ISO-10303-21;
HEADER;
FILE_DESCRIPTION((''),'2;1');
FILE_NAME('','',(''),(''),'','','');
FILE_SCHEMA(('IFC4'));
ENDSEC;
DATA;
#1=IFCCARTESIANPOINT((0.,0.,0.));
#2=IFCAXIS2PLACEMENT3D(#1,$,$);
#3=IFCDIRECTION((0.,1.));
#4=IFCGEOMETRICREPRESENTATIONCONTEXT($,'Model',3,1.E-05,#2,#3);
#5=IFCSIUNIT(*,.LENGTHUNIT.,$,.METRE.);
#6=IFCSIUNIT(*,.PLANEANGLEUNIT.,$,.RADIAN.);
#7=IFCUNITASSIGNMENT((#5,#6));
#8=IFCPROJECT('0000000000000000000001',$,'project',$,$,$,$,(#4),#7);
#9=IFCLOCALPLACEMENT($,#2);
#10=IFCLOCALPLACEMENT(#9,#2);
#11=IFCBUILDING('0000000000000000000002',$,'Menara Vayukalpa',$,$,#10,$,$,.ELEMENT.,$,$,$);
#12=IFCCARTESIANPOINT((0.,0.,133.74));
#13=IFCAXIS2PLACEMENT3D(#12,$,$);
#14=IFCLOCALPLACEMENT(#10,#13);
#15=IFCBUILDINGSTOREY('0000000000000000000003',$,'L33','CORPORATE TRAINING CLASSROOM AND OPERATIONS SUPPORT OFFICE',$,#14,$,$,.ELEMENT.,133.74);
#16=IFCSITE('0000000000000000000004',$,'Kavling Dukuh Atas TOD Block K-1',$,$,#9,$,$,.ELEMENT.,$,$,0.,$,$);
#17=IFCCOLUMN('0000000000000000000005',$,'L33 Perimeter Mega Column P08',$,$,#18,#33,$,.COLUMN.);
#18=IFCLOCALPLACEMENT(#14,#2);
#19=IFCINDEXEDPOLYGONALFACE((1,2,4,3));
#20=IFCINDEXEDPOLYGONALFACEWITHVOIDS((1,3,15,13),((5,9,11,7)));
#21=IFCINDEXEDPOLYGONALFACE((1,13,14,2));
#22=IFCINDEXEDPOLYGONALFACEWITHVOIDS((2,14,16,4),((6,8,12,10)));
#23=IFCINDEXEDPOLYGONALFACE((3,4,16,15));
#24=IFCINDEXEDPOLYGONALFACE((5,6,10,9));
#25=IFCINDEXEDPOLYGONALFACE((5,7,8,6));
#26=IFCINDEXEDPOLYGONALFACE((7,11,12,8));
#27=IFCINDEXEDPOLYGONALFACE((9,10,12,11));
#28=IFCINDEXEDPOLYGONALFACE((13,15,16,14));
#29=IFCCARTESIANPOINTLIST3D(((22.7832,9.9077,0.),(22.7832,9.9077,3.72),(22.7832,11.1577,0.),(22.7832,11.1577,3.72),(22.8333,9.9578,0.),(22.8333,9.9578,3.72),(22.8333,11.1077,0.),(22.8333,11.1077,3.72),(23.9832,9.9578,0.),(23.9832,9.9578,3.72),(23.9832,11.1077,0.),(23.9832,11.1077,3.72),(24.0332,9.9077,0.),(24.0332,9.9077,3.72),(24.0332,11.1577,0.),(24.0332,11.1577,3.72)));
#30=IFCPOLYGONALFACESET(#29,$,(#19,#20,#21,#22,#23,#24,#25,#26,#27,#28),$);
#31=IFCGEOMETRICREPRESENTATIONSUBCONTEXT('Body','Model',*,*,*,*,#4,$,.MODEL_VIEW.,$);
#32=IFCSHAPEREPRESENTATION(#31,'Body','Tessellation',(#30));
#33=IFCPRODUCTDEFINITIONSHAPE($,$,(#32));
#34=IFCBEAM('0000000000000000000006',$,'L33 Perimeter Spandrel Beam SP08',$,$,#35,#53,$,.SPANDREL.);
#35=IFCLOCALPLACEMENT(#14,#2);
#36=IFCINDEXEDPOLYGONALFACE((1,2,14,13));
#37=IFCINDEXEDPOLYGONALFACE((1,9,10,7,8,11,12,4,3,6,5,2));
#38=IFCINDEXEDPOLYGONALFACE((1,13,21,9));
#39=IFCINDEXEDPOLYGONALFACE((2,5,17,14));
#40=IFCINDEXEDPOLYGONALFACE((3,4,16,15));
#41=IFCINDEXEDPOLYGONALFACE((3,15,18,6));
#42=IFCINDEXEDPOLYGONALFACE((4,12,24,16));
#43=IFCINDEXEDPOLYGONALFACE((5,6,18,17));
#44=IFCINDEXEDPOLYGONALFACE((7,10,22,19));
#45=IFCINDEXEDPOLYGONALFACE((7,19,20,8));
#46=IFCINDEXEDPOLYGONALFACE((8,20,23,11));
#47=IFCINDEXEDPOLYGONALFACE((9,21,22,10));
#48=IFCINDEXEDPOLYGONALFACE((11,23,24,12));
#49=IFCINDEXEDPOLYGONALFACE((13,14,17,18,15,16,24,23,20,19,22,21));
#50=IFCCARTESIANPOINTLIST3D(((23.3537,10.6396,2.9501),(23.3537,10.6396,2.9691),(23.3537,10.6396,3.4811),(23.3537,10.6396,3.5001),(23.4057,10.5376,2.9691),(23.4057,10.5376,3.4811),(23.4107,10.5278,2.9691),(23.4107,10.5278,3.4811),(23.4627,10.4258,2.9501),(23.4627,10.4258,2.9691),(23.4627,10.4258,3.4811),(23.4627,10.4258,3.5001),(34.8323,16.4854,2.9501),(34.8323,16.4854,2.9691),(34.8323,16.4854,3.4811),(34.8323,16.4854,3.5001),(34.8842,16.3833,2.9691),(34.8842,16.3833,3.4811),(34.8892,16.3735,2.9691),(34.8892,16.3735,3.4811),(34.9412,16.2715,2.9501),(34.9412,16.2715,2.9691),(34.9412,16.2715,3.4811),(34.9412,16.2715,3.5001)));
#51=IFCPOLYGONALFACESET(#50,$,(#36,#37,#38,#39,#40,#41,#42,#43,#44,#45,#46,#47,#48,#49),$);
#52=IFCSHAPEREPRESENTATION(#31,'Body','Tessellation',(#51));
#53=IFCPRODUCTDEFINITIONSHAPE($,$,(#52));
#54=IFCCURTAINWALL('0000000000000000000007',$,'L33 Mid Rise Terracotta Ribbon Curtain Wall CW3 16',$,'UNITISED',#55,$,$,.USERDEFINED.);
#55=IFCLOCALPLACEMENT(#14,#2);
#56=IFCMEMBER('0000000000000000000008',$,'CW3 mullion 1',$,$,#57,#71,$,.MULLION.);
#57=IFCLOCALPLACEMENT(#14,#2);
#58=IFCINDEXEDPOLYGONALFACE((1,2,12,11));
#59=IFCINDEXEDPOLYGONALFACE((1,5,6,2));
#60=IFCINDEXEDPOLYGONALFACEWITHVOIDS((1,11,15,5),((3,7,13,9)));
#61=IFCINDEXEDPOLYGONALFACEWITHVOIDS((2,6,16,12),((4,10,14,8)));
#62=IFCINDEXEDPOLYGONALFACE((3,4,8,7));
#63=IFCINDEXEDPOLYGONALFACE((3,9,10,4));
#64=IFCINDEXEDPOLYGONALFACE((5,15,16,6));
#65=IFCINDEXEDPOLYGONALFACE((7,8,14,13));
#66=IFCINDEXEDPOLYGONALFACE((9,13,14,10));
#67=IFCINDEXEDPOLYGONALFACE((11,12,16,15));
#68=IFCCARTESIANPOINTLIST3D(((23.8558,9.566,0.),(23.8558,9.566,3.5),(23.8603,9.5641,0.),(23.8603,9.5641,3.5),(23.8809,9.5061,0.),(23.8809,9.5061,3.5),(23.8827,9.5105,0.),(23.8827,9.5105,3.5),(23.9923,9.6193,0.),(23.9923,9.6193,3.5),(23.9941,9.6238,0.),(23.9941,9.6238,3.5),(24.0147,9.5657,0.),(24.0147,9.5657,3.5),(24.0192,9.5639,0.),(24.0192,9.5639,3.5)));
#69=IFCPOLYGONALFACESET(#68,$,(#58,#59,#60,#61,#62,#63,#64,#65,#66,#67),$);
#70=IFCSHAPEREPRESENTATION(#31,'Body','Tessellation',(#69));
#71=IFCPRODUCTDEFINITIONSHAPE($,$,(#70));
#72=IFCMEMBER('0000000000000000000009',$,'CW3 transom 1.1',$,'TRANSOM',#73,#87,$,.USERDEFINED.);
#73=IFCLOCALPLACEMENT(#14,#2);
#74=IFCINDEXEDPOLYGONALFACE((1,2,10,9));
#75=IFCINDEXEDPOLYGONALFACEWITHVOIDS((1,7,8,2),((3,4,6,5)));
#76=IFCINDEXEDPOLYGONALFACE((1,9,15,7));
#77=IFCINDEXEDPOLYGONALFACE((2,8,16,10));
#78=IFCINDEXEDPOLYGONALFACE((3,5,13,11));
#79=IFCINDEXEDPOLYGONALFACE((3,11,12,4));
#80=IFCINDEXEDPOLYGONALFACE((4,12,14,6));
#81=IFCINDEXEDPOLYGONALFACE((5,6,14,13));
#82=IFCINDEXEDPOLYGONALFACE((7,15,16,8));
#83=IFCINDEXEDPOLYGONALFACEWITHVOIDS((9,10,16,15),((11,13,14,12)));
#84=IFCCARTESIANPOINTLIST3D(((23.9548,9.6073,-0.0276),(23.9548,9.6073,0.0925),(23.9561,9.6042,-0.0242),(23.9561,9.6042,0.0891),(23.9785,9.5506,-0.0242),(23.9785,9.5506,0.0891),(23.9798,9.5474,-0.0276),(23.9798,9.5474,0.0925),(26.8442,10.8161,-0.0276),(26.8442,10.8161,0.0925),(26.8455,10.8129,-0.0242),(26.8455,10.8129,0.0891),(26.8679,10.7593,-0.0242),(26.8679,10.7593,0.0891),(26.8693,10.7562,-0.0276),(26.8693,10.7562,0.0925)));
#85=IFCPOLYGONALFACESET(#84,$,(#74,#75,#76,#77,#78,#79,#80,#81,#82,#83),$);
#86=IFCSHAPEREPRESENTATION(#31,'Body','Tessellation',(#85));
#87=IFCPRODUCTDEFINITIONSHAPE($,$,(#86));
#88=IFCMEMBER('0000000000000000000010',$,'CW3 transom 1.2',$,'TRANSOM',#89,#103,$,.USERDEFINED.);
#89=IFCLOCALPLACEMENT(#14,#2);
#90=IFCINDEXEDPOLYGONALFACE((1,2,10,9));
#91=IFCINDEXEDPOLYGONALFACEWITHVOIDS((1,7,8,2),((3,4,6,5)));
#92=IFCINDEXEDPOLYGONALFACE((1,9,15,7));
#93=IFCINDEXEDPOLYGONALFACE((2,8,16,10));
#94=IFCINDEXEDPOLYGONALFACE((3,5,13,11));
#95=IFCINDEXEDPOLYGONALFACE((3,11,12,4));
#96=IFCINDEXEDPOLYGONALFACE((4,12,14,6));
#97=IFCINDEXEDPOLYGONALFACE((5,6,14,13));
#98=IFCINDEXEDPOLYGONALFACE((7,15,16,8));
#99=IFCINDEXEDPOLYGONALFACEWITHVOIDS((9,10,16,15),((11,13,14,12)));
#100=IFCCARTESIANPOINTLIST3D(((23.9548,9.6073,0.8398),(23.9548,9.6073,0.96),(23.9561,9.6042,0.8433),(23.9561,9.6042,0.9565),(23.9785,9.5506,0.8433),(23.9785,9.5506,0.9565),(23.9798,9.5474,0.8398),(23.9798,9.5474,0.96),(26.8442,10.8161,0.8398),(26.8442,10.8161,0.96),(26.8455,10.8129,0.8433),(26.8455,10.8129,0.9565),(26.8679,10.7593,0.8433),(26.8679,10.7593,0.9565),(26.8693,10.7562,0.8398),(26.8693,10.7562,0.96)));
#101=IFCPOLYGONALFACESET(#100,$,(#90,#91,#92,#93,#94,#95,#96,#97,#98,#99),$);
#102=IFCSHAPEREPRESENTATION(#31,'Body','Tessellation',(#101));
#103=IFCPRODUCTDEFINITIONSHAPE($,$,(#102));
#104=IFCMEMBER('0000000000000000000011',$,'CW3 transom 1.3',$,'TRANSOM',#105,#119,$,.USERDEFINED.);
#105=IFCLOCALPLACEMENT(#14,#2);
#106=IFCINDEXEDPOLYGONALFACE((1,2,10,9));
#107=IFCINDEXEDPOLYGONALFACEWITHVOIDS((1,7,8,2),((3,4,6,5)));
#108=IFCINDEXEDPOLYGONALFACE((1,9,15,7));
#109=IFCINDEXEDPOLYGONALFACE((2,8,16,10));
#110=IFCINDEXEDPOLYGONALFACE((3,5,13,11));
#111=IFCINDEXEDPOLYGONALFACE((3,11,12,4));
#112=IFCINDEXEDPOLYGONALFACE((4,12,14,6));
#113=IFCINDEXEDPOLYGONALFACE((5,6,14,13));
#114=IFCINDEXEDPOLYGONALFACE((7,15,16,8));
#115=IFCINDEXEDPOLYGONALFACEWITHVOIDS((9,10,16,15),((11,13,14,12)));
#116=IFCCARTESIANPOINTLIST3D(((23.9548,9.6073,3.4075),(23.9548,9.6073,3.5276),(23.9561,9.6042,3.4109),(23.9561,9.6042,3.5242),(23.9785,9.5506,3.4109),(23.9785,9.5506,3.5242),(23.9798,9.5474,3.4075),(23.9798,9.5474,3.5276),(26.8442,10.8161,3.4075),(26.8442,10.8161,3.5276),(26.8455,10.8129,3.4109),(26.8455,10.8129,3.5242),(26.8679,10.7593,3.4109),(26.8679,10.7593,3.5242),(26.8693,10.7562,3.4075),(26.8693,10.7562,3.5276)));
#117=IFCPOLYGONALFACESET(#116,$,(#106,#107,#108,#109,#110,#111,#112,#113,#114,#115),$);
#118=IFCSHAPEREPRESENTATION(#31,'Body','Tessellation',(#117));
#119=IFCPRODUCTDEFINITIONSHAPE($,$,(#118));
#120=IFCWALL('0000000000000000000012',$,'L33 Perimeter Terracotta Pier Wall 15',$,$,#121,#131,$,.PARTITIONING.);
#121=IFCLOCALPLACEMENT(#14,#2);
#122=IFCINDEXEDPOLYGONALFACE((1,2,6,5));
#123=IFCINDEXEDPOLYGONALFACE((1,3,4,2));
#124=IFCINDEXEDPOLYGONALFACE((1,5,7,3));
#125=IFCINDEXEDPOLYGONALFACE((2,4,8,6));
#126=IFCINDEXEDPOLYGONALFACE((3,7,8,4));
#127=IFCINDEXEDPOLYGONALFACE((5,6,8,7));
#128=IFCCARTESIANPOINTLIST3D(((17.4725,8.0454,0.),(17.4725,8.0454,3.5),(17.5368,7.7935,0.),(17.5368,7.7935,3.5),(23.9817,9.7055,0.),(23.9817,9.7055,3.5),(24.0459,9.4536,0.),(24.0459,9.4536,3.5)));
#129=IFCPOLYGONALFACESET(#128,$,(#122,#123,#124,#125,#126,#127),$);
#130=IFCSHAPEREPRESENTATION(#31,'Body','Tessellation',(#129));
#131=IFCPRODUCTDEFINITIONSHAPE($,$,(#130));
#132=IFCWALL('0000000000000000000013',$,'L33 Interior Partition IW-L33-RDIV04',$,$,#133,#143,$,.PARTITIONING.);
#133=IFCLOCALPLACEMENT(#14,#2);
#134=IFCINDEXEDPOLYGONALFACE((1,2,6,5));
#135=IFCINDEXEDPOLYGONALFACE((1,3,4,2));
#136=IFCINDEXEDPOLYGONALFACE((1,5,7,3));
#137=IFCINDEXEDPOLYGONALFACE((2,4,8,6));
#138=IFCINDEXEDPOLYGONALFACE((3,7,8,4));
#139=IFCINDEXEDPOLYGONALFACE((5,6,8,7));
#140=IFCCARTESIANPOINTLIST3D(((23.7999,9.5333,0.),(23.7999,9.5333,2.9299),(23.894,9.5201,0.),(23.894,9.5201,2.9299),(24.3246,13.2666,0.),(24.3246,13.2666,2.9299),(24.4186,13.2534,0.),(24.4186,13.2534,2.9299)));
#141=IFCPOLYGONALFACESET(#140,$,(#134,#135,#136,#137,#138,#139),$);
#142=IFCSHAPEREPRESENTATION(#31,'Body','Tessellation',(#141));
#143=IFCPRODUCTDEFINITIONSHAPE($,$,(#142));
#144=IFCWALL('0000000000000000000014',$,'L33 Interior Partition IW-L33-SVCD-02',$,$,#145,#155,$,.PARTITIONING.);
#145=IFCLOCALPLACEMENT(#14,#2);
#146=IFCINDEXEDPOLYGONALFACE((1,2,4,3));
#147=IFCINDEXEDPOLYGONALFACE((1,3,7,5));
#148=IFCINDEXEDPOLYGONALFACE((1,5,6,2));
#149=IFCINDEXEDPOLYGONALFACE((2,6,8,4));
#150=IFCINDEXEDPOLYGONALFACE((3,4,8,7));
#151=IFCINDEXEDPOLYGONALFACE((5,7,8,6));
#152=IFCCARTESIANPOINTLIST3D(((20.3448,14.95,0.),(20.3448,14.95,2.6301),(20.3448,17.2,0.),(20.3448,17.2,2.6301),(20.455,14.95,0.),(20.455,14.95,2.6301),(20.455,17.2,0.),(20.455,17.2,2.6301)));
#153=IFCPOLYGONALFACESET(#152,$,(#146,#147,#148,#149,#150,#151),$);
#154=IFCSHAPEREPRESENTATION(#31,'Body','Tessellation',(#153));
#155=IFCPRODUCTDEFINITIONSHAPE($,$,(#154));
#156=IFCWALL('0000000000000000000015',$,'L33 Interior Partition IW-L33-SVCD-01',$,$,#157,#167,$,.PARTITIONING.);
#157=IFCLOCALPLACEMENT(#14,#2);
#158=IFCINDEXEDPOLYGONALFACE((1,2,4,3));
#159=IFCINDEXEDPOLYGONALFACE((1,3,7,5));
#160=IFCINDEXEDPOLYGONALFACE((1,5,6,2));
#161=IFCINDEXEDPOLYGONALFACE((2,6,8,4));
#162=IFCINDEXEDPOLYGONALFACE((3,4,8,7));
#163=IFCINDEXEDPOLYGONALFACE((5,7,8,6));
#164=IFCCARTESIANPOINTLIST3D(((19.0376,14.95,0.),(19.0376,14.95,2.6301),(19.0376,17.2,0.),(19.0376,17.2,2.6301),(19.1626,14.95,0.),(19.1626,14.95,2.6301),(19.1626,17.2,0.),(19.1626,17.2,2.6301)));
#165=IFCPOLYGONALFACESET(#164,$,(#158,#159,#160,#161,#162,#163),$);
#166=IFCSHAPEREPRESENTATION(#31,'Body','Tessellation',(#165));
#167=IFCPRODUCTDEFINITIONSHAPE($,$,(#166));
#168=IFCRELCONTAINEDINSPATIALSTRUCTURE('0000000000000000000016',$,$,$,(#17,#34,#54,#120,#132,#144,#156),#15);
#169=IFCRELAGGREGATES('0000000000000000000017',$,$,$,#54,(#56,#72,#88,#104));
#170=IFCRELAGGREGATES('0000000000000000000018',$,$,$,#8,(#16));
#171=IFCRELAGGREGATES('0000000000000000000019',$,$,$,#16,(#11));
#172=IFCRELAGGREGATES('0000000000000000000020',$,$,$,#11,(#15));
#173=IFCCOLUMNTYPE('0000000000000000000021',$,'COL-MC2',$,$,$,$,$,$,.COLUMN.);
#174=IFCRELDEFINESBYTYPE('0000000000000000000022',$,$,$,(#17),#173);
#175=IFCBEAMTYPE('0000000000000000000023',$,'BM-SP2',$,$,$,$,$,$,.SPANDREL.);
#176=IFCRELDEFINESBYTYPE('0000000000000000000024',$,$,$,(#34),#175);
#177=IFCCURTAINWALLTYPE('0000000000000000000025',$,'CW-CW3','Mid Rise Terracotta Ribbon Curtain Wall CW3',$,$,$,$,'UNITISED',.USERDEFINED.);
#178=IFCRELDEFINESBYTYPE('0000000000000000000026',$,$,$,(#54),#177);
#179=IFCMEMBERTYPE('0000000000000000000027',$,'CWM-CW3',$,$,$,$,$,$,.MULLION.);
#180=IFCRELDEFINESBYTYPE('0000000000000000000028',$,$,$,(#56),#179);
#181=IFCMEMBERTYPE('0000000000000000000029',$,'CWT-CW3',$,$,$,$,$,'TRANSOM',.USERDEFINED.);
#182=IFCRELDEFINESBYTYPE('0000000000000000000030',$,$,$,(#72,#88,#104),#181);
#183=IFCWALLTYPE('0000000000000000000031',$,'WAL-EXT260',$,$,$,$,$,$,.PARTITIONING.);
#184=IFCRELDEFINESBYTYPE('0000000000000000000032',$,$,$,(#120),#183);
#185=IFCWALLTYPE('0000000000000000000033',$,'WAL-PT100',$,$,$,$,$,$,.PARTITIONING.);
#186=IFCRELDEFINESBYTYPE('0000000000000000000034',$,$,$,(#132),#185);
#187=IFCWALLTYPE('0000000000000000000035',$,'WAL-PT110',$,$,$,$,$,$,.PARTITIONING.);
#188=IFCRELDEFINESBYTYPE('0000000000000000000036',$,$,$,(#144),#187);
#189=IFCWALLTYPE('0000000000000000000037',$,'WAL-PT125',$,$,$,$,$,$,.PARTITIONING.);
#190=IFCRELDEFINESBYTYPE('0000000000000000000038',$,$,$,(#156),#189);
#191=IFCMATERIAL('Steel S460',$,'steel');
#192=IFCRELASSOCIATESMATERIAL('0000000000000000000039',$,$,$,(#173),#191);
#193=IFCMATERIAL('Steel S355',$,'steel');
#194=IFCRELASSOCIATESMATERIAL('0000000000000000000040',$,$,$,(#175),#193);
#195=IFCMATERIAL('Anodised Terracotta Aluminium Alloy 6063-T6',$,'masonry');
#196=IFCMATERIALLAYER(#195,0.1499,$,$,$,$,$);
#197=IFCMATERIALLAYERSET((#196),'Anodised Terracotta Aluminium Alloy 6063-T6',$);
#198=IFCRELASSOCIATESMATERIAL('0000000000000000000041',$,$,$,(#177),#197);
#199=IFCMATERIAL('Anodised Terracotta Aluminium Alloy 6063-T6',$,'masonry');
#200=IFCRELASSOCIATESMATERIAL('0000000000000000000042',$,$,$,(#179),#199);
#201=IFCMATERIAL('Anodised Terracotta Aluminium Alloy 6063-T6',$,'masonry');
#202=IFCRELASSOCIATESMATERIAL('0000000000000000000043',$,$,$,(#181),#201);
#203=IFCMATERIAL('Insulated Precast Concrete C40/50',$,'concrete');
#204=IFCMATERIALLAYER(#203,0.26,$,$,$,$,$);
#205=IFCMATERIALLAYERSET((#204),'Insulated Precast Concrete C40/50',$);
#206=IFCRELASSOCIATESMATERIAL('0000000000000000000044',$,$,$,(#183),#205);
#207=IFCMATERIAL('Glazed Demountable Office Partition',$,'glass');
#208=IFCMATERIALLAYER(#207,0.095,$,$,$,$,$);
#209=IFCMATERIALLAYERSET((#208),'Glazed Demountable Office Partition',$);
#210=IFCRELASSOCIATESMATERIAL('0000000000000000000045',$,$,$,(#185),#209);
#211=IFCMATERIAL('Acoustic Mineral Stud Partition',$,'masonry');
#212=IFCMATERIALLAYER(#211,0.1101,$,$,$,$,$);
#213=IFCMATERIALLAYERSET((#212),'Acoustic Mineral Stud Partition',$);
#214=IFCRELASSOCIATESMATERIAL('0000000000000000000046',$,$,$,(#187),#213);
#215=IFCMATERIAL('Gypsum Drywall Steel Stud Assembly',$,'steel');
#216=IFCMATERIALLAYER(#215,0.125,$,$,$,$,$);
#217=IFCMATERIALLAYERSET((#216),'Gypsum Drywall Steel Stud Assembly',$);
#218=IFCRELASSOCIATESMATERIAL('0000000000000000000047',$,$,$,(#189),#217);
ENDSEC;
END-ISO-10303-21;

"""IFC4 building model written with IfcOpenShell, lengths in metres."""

from ifc_helpers import new_model, si_unit, direction, frame, frame_2d, origin, origin_2d, place, context, subcontext, project, spatial, rectangle, hollow_rectangle, i_section, extrude, material, layer, layer_set, material_profile, profile_set, type_object, element, aggregate, save


model = new_model("IFC4")

# Units and contexts
model_context = context("Model", 3, precision=1e-05, world=origin(), true_north=direction((0.0, 1.0)))
body_context = subcontext(model_context, "Body", "Model", "MODEL_VIEW")
ifc_project = project(units=[si_unit("LENGTHUNIT", "METRE"), si_unit("PLANEANGLEUNIT", "RADIAN")], contexts=[model_context])

# Site, building, storey
site_placement = place(None, origin())
site = spatial("IfcSite", under=ifc_project, at=site_placement, Name="Kavling Dukuh Atas TOD Block K-1", CompositionType="ELEMENT", RefElevation=0.0)
building_placement = place(site_placement, origin())
building = spatial("IfcBuilding", under=site, at=building_placement, Name="Menara Vayukalpa", CompositionType="ELEMENT")
storey_placement = place(building_placement, frame((0.0, 0.0, 133.74)))
storey = spatial("IfcBuildingStorey", under=building, at=storey_placement, Name="L33", Description="CORPORATE TRAINING CLASSROOM AND OPERATIONS SUPPORT OFFICE", CompositionType="ELEMENT", Elevation=133.74)

# Column
ifc_material_1 = material(Name="Steel S460", Category="steel")
ifc_material_profile_1 = material_profile(ifc_material_1, hollow_rectangle(XDim=1.25, YDim=1.25, WallThickness=0.05, at=origin_2d()), Name="BOX 1250x1250x50")
ifc_profile_set_1 = profile_set([ifc_material_profile_1], Name="Steel S460")
column_type = type_object("IfcColumnType", Name="COL-MC2", PredefinedType="COLUMN", material=ifc_profile_set_1)
column_placement = place(storey_placement, frame((23.4082, 10.5327, 0.0), z_axis=(0.0, 0.0, 1.0), x_axis=(1.0, 0.0, 0.0)))
element("IfcColumn", 1, at=column_placement, inside=storey, type_object=column_type, Name="L33 Perimeter Mega Column P08", PredefinedType="COLUMN", context=body_context, shape_type="SweptSolid", body=[
    extrude(hollow_rectangle(XDim=1.25, YDim=1.25, WallThickness=0.05, at=origin_2d()), origin(), (0.0, 0.0, 1.0), 3.72),
])

# Beam
ifc_material_2 = material(Name="Steel S355", Category="steel")
ifc_material_profile_2 = material_profile(ifc_material_2, i_section(OverallWidth=0.24, OverallDepth=0.55, WebThickness=0.011, FlangeThickness=0.019, at=origin_2d()), Name="WF 550x240x11x19")
ifc_profile_set_2 = profile_set([ifc_material_profile_2], Name="Steel S355")
beam_type = type_object("IfcBeamType", Name="BM-SP2", PredefinedType="SPANDREL", material=ifc_profile_set_2)
beam_placement = place(storey_placement, frame((23.4082, 10.5327, 3.2251), z_axis=(0.891097, 0.453812, 0.0), x_axis=(-0.453812, 0.891097, 0.0)))
element("IfcBeam", 2, at=beam_placement, inside=storey, type_object=beam_type, Name="L33 Perimeter Spandrel Beam SP08", PredefinedType="SPANDREL", context=body_context, shape_type="SweptSolid", body=[
    extrude(i_section(OverallWidth=0.24, OverallDepth=0.55, WebThickness=0.011, FlangeThickness=0.019, at=origin_2d()), origin(), (0.0, 0.0, 1.0), 12.8813),
])

# Curtain wall, members
ifc_material_3 = material(Name="Anodised Terracotta Aluminium Alloy 6063-T6", Category="masonry")
ifc_layer_1 = layer(ifc_material_3, 0.1499)
ifc_layer_set_1 = layer_set([ifc_layer_1], Name="Anodised Terracotta Aluminium Alloy 6063-T6")
curtain_wall_type = type_object("IfcCurtainWallType", Name="CW-CW3", Description="Mid Rise Terracotta Ribbon Curtain Wall CW3", ElementType="UNITISED", PredefinedType="USERDEFINED", material=ifc_layer_set_1)
curtain_wall_placement = place(storey_placement, origin())
curtain_wall = element("IfcCurtainWall", 3, at=curtain_wall_placement, inside=storey, type_object=curtain_wall_type, Name="L33 Mid Rise Terracotta Ribbon Curtain Wall CW3 16", ObjectType="UNITISED", PredefinedType="USERDEFINED")
ifc_material_4 = material(Name="Anodised Terracotta Aluminium Alloy 6063-T6", Category="masonry")
ifc_material_profile_3 = material_profile(ifc_material_4, hollow_rectangle(XDim=0.0649, YDim=0.1499, WallThickness=0.0034, at=origin_2d()), Name="ALU 65x150x3.5")
ifc_profile_set_3 = profile_set([ifc_material_profile_3], Name="Anodised Terracotta Aluminium Alloy 6063-T6")
member_type_1 = type_object("IfcMemberType", Name="CWM-CW3", PredefinedType="MULLION", material=ifc_profile_set_3)
member_1_placement = place(storey_placement, frame((23.9375, 9.5649, 0.0), z_axis=(0.0, 0.0, 1.0), x_axis=(-0.385894, 0.922543, 0.0)))
member_1 = element("IfcMember", 4, at=member_1_placement, type_object=member_type_1, Name="CW3 mullion 1", PredefinedType="MULLION", context=body_context, shape_type="SweptSolid", body=[
    extrude(hollow_rectangle(XDim=0.0649, YDim=0.1499, WallThickness=0.0034, at=origin_2d()), origin(), (0.0, 0.0, 1.0), 3.5),
])
ifc_material_5 = material(Name="Anodised Terracotta Aluminium Alloy 6063-T6", Category="masonry")
ifc_material_profile_4 = material_profile(ifc_material_5, hollow_rectangle(XDim=0.0649, YDim=0.1201, WallThickness=0.0034, at=origin_2d()), Name="ALU 65x120x3.5")
ifc_profile_set_4 = profile_set([ifc_material_profile_4], Name="Anodised Terracotta Aluminium Alloy 6063-T6")
member_type_2 = type_object("IfcMemberType", Name="CWT-CW3", ElementType="TRANSOM", PredefinedType="USERDEFINED", material=ifc_profile_set_4)
member_2_placement = place(storey_placement, frame((23.9673, 9.5774, 0.0325), z_axis=(0.922529, 0.385927, 0.0), x_axis=(-0.385927, 0.922529, 0.0)))
member_2 = element("IfcMember", 5, at=member_2_placement, type_object=member_type_2, Name="CW3 transom 1.1", ObjectType="TRANSOM", PredefinedType="USERDEFINED", context=body_context, shape_type="SweptSolid", body=[
    extrude(hollow_rectangle(XDim=0.0649, YDim=0.1201, WallThickness=0.0034, at=origin_2d()), origin(), (0.0, 0.0, 1.0), 3.1321),
])
member_3_placement = place(storey_placement, frame((23.9673, 9.5774, 0.8999), z_axis=(0.922529, 0.385927, 0.0), x_axis=(-0.385927, 0.922529, 0.0)))
member_3 = element("IfcMember", 6, at=member_3_placement, type_object=member_type_2, Name="CW3 transom 1.2", ObjectType="TRANSOM", PredefinedType="USERDEFINED", context=body_context, shape_type="SweptSolid", body=[
    extrude(hollow_rectangle(XDim=0.0649, YDim=0.1201, WallThickness=0.0034, at=origin_2d()), origin(), (0.0, 0.0, 1.0), 3.1321),
])
member_4_placement = place(storey_placement, frame((23.9673, 9.5774, 3.4675), z_axis=(0.922529, 0.385927, 0.0), x_axis=(-0.385927, 0.922529, 0.0)))
member_4 = element("IfcMember", 7, at=member_4_placement, type_object=member_type_2, Name="CW3 transom 1.3", ObjectType="TRANSOM", PredefinedType="USERDEFINED", context=body_context, shape_type="SweptSolid", body=[
    extrude(hollow_rectangle(XDim=0.0649, YDim=0.1201, WallThickness=0.0034, at=origin_2d()), origin(), (0.0, 0.0, 1.0), 3.1321),
])
aggregate(curtain_wall, [member_1, member_2, member_3, member_4])

# Walls
ifc_material_6 = material(Name="Insulated Precast Concrete C40/50", Category="concrete")
ifc_layer_2 = layer(ifc_material_6, 0.26)
ifc_layer_set_2 = layer_set([ifc_layer_2], Name="Insulated Precast Concrete C40/50")
wall_type_1 = type_object("IfcWallType", Name="WAL-EXT260", PredefinedType="PARTITIONING", material=ifc_layer_set_2)
wall_1_placement = place(storey_placement, frame((24.0139, 9.5796, 0.0), z_axis=(0.0, 0.0, 1.0), x_axis=(-0.968981, -0.247134, 0.0)))
element("IfcWall", 8, at=wall_1_placement, inside=storey, type_object=wall_type_1, Name="L33 Perimeter Terracotta Pier Wall 15", PredefinedType="PARTITIONING", context=body_context, shape_type="SweptSolid", body=[
    extrude(rectangle(XDim=6.7175, YDim=0.26, at=frame_2d((3.3589, 0.0))), origin(), (0.0, 0.0, 1.0), 3.5),
])
ifc_material_7 = material(Name="Glazed Demountable Office Partition", Category="glass")
ifc_layer_3 = layer(ifc_material_7, 0.095)
ifc_layer_set_3 = layer_set([ifc_layer_3], Name="Glazed Demountable Office Partition")
wall_type_2 = type_object("IfcWallType", Name="WAL-PT100", PredefinedType="PARTITIONING", material=ifc_layer_set_3)
wall_2_placement = place(storey_placement, frame((24.3716, 13.26, 0.0), z_axis=(0.0, 0.0, 1.0), x_axis=(-0.139164, -0.990269, 0.0)))
element("IfcWall", 9, at=wall_2_placement, inside=storey, type_object=wall_type_2, Name="L33 Interior Partition IW-L33-RDIV04", PredefinedType="PARTITIONING", context=body_context, shape_type="SweptSolid", body=[
    extrude(rectangle(XDim=3.77, YDim=0.095, at=frame_2d((1.885, 0.0))), origin(), (0.0, 0.0, 1.0), 2.9299),
])
ifc_material_8 = material(Name="Acoustic Mineral Stud Partition", Category="masonry")
ifc_layer_4 = layer(ifc_material_8, 0.1101)
ifc_layer_set_4 = layer_set([ifc_layer_4], Name="Acoustic Mineral Stud Partition")
wall_type_3 = type_object("IfcWallType", Name="WAL-PT110", PredefinedType="PARTITIONING", material=ifc_layer_set_4)
wall_3_placement = place(storey_placement, frame((20.3999, 14.95, 0.0), z_axis=(0.0, 0.0, 1.0), x_axis=(0.0, 1.0, 0.0)))
element("IfcWall", 10, at=wall_3_placement, inside=storey, type_object=wall_type_3, Name="L33 Interior Partition IW-L33-SVCD-02", PredefinedType="PARTITIONING", context=body_context, shape_type="SweptSolid", body=[
    extrude(rectangle(XDim=2.25, YDim=0.1101, at=frame_2d((1.125, 0.0))), origin(), (0.0, 0.0, 1.0), 2.6301),
])
ifc_material_9 = material(Name="Gypsum Drywall Steel Stud Assembly", Category="steel")
ifc_layer_5 = layer(ifc_material_9, 0.125)
ifc_layer_set_5 = layer_set([ifc_layer_5], Name="Gypsum Drywall Steel Stud Assembly")
wall_type_4 = type_object("IfcWallType", Name="WAL-PT125", PredefinedType="PARTITIONING", material=ifc_layer_set_5)
wall_4_placement = place(storey_placement, frame((19.1001, 14.95, 0.0), z_axis=(0.0, 0.0, 1.0), x_axis=(0.0, 1.0, 0.0)))
element("IfcWall", 11, at=wall_4_placement, inside=storey, type_object=wall_type_4, Name="L33 Interior Partition IW-L33-SVCD-01", PredefinedType="PARTITIONING", context=body_context, shape_type="SweptSolid", body=[
    extrude(rectangle(XDim=2.25, YDim=0.125, at=frame_2d((1.125, 0.0))), origin(), (0.0, 0.0, 1.0), 2.6301),
])

save(model, "model.ifc")
